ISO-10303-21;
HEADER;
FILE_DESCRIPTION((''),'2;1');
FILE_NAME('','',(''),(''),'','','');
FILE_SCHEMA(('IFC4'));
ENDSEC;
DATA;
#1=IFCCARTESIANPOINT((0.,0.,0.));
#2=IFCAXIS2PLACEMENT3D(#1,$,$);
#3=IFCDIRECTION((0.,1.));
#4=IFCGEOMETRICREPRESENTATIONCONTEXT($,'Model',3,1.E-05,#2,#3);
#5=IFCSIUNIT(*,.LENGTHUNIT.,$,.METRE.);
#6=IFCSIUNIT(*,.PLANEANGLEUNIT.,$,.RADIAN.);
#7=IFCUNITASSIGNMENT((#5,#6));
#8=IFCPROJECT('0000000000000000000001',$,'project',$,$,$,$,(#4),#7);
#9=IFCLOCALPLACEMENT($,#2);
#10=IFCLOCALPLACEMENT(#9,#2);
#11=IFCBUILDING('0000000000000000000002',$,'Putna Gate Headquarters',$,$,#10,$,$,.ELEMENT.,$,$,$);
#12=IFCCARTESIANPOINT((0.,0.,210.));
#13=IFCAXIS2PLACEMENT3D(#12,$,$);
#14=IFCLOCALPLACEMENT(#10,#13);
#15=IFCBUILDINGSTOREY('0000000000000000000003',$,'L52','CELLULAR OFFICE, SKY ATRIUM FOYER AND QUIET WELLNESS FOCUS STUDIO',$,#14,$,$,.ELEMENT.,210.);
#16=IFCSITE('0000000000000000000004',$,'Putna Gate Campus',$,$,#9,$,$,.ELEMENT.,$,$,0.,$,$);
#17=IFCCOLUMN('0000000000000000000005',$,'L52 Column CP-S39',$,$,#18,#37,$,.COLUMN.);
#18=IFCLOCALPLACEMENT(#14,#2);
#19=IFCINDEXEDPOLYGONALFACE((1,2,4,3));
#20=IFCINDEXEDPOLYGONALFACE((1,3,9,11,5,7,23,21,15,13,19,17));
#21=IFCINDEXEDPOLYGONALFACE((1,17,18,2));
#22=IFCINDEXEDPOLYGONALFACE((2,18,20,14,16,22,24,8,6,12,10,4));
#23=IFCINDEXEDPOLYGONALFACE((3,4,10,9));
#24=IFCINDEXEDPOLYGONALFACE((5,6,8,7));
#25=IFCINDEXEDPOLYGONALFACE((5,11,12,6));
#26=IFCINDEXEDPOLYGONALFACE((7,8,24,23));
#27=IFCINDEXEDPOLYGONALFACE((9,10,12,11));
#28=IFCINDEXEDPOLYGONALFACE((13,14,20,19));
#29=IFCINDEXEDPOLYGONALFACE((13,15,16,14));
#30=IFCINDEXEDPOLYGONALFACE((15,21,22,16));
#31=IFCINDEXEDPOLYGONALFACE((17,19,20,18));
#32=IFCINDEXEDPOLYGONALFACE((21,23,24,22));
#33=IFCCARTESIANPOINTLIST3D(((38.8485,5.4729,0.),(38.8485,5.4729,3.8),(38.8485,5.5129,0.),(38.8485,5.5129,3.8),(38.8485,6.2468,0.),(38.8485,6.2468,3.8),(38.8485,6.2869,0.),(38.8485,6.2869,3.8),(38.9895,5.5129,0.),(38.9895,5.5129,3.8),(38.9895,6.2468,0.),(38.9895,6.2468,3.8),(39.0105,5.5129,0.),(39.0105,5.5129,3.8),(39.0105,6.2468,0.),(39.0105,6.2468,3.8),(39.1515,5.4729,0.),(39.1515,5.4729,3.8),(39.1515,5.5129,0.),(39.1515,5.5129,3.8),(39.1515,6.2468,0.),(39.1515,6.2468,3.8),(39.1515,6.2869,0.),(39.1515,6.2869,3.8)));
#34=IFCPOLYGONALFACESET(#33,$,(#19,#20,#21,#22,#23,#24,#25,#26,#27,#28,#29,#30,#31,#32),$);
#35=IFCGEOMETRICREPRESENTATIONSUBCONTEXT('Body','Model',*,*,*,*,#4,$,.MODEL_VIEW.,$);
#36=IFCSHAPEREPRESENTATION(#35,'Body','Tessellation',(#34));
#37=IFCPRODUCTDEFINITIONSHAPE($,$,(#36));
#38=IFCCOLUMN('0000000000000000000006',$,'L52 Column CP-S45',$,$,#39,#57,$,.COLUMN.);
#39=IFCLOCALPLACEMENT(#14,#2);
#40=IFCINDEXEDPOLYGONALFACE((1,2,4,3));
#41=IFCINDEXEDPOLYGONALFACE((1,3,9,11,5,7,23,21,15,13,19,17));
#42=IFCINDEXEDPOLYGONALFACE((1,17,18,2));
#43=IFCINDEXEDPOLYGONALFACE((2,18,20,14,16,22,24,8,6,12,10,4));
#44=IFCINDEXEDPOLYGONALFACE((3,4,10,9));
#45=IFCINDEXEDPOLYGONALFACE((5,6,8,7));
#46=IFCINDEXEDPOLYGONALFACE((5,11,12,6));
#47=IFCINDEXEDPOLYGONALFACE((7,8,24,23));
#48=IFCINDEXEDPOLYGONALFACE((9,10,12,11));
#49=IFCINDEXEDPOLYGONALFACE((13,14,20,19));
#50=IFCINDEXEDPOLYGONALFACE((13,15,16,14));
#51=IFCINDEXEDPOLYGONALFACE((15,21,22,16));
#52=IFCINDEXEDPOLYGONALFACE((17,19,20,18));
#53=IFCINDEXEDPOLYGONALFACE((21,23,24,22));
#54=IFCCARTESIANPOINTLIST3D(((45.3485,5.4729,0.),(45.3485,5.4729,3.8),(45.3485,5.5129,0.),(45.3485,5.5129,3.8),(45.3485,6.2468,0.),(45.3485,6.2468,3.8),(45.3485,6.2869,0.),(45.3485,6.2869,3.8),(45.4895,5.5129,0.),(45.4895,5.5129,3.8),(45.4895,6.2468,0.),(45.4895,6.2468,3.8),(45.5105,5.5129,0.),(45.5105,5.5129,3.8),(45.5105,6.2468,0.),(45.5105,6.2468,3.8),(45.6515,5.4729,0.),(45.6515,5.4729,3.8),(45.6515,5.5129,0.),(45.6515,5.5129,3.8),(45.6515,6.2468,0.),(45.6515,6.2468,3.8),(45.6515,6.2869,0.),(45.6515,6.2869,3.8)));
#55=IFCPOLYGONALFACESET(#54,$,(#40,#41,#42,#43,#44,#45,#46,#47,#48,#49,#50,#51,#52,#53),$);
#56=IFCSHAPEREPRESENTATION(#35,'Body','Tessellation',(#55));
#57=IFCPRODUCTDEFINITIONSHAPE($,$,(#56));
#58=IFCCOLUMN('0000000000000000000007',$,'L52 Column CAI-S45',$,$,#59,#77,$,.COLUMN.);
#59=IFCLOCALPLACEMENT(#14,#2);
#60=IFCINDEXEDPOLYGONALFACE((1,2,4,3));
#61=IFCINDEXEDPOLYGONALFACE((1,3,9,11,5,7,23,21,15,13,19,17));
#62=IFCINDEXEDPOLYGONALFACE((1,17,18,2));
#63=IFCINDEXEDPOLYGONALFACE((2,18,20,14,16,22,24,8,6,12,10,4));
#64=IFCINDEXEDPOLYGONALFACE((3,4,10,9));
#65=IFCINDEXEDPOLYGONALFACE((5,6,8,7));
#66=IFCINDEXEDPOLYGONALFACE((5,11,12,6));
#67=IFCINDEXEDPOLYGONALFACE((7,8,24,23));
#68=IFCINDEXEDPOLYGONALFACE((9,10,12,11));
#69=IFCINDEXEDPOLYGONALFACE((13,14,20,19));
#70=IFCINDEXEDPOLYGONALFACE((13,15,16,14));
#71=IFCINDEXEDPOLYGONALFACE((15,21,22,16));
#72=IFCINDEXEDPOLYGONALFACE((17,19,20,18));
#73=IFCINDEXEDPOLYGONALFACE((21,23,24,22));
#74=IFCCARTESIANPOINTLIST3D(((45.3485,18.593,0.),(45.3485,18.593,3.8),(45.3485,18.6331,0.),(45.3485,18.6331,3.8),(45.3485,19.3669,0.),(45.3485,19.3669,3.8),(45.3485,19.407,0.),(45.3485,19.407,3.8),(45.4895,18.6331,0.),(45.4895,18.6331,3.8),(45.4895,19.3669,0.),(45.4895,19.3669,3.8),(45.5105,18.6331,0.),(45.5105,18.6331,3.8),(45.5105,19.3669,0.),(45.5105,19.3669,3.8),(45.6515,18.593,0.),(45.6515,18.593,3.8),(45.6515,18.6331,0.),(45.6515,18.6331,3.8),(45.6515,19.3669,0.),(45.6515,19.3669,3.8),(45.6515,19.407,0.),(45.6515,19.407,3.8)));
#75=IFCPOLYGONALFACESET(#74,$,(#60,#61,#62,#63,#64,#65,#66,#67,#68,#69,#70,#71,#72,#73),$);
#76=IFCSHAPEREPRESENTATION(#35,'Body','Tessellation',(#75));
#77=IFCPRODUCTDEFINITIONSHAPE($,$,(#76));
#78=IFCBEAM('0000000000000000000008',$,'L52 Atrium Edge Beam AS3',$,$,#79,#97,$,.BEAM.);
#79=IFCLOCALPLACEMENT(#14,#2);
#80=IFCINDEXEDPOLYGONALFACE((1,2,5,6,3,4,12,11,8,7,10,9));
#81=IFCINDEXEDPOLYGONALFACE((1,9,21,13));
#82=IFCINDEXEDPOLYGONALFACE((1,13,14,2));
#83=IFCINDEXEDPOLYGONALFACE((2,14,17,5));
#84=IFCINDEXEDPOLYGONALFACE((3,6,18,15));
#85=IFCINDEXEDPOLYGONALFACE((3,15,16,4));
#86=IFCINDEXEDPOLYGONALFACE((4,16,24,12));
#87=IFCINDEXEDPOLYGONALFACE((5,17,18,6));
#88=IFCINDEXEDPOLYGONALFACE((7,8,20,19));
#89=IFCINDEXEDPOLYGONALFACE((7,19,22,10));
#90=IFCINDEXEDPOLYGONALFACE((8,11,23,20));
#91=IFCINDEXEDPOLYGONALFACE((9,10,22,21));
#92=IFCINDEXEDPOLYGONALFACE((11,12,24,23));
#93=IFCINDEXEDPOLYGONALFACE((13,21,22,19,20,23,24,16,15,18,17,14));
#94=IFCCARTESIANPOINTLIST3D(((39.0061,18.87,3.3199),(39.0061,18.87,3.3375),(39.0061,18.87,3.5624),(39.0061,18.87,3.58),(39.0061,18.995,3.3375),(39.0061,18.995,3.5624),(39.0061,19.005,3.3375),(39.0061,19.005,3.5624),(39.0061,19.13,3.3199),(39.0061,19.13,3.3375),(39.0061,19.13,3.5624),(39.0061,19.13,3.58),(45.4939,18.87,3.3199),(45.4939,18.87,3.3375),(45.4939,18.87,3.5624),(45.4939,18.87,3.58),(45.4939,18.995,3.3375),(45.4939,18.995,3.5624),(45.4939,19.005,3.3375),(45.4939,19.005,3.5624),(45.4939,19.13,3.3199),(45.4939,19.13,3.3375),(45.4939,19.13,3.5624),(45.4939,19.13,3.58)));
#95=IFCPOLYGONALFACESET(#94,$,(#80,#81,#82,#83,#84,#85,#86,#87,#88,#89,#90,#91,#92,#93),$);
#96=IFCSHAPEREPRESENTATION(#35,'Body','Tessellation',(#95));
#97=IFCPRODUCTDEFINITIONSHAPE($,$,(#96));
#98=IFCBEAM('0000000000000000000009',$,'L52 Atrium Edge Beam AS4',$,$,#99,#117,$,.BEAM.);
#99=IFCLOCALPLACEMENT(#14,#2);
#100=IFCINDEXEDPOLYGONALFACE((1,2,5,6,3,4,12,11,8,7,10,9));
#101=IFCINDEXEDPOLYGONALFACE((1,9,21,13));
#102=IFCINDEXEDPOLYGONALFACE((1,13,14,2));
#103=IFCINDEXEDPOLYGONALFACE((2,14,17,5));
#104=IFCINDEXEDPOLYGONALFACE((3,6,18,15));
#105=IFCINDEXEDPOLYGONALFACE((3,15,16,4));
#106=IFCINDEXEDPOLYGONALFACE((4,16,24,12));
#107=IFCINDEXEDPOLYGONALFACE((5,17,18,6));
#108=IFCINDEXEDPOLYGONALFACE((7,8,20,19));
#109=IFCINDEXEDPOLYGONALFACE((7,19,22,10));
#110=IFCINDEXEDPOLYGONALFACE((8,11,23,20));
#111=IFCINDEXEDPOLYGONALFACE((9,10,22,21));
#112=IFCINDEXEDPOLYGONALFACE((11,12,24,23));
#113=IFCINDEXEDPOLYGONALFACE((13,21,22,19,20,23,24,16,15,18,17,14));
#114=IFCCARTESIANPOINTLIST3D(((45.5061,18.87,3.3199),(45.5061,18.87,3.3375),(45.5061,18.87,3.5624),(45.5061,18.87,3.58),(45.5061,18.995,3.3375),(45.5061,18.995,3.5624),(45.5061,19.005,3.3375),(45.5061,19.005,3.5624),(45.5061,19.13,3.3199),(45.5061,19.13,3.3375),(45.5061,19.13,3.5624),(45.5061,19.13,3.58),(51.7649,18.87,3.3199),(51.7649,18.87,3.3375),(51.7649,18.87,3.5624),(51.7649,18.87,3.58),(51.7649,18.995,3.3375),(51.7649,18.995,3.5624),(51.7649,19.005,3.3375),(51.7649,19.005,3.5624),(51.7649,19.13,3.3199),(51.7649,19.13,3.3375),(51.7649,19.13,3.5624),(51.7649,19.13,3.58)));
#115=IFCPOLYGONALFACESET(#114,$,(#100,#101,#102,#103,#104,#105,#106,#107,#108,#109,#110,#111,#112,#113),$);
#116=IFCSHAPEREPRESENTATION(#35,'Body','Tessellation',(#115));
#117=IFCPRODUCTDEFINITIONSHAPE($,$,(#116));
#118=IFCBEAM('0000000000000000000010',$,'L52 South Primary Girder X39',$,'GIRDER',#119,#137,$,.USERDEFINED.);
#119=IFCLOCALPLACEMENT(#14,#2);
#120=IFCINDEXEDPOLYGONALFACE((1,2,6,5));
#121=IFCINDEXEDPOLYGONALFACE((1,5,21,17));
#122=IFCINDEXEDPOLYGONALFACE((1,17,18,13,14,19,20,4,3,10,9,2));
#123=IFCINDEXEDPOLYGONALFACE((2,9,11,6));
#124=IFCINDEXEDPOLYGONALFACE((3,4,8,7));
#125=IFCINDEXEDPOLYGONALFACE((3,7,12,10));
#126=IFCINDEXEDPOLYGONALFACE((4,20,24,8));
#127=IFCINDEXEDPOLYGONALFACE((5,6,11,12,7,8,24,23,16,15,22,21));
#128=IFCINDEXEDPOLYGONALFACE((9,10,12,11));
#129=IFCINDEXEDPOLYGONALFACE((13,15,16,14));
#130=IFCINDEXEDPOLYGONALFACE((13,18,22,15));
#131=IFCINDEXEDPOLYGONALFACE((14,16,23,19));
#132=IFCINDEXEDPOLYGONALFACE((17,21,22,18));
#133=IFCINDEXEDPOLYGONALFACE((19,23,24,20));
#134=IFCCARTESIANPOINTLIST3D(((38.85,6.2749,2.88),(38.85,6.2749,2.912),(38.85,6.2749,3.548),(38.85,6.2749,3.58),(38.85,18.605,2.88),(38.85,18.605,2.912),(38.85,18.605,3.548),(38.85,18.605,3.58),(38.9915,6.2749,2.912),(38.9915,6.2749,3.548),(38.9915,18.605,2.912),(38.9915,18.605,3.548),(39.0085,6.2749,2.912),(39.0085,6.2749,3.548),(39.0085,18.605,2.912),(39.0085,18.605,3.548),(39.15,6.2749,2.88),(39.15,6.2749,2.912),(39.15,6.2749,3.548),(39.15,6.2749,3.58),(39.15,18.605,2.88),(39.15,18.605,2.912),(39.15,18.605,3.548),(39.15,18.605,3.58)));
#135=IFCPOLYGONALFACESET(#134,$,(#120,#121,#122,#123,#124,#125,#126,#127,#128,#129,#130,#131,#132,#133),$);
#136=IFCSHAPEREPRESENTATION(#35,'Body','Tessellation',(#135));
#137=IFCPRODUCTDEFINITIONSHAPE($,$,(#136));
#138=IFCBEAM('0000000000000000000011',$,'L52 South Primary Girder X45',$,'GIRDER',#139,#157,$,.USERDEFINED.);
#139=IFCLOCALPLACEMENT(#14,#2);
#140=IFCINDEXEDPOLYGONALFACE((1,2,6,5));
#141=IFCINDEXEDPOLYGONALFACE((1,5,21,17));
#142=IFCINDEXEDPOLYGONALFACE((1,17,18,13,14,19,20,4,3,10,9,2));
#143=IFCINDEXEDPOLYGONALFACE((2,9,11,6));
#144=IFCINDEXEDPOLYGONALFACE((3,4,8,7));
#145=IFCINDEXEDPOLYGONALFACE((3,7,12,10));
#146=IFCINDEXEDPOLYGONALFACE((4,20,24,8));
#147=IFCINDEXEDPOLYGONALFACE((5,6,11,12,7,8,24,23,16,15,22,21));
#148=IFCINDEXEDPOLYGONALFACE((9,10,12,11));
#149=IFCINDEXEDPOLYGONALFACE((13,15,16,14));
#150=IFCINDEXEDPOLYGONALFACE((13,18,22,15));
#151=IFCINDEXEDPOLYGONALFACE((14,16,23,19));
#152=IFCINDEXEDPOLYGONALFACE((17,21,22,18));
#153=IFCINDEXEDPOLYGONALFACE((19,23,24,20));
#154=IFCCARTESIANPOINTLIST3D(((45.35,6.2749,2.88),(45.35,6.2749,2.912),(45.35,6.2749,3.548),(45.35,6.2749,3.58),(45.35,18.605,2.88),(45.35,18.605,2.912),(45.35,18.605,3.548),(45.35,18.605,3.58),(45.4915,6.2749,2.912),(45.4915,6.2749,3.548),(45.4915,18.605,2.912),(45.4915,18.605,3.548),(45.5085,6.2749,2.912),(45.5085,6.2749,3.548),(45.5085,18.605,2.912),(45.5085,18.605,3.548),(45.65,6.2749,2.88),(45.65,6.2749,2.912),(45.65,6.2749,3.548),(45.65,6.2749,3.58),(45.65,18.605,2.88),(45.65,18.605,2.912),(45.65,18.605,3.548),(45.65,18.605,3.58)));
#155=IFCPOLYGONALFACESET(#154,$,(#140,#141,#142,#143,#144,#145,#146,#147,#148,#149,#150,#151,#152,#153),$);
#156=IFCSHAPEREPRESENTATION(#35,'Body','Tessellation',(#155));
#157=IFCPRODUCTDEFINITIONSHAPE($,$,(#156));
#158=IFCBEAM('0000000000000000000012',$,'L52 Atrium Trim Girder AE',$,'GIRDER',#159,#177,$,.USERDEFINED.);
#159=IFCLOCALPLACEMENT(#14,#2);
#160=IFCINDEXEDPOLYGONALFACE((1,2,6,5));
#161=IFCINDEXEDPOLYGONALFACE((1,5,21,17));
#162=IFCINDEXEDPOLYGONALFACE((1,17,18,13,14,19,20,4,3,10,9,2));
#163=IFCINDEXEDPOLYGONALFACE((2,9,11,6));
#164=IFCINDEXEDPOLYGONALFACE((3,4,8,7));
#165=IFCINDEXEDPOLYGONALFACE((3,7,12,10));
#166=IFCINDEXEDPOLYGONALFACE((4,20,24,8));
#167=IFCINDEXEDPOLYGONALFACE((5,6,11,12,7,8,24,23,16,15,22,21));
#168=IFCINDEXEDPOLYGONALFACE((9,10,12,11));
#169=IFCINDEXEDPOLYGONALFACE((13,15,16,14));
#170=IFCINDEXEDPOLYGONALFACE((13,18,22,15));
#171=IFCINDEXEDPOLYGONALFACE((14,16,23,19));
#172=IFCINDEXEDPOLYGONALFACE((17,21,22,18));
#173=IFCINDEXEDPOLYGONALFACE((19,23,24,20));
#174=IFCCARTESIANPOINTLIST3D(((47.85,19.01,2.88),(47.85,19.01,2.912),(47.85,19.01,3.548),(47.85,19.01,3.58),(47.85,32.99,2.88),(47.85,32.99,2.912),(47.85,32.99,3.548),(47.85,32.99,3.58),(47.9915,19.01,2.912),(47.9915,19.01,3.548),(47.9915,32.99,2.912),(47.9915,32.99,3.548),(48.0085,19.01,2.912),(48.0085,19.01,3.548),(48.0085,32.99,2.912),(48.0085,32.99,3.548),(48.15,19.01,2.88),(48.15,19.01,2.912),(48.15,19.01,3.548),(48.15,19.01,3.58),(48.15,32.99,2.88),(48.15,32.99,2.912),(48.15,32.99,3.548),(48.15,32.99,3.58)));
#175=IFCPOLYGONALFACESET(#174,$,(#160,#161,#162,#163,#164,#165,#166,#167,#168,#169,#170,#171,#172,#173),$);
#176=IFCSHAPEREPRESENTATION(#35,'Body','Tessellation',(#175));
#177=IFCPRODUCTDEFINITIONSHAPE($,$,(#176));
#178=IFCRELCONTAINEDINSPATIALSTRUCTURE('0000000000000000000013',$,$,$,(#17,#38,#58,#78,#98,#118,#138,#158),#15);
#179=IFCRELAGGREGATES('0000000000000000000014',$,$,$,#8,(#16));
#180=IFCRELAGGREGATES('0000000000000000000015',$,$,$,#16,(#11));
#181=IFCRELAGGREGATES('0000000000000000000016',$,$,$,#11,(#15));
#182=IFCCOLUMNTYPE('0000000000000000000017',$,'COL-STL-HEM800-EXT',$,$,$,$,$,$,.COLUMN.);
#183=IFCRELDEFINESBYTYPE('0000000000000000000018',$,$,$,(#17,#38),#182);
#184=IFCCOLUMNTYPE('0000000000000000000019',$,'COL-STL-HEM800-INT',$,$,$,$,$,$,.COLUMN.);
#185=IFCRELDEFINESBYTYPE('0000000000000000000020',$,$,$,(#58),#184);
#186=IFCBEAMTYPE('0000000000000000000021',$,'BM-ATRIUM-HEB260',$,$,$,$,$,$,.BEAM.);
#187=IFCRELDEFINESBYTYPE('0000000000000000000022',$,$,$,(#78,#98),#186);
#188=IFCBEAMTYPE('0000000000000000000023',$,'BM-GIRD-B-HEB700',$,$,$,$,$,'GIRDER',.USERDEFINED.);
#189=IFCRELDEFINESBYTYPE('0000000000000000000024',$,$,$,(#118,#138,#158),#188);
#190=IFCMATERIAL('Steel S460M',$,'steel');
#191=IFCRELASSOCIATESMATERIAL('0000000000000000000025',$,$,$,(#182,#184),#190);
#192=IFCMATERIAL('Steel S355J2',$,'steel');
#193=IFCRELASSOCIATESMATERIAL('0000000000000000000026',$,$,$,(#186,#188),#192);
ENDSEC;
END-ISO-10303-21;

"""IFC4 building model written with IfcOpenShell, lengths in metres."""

from ifc_helpers import new_model, si_unit, direction, frame, origin, origin_2d, place, context, subcontext, project, spatial, i_section, extrude, material, material_profile, profile_set, type_object, element, save


model = new_model("IFC4")

# Units and contexts
model_context = context("Model", 3, precision=1e-05, world=origin(), true_north=direction((0.0, 1.0)))
body_context = subcontext(model_context, "Body", "Model", "MODEL_VIEW")
ifc_project = project(units=[si_unit("LENGTHUNIT", "METRE"), si_unit("PLANEANGLEUNIT", "RADIAN")], contexts=[model_context])

# Site, building, storey
site_placement = place(None, origin())
site = spatial("IfcSite", under=ifc_project, at=site_placement, Name="Putna Gate Campus", CompositionType="ELEMENT", RefElevation=0.0)
building_placement = place(site_placement, origin())
building = spatial("IfcBuilding", under=site, at=building_placement, Name="Putna Gate Headquarters", CompositionType="ELEMENT")
storey_placement = place(building_placement, frame((0.0, 0.0, 210.0)))
storey = spatial("IfcBuildingStorey", under=building, at=storey_placement, Name="L52", Description="CELLULAR OFFICE, SKY ATRIUM FOYER AND QUIET WELLNESS FOCUS STUDIO", CompositionType="ELEMENT", Elevation=210.0)

# Columns
ifc_material_1 = material(Name="Steel S460M", Category="steel")
ifc_material_profile_1 = material_profile(ifc_material_1, i_section(OverallWidth=0.303, OverallDepth=0.814, WebThickness=0.021, FlangeThickness=0.04, at=origin_2d()), Name="Steel S460M")
ifc_profile_set_1 = profile_set([ifc_material_profile_1], Name="Steel S460M")
column_type_1 = type_object("IfcColumnType", Name="COL-STL-HEM800-EXT", PredefinedType="COLUMN", material=ifc_profile_set_1)
for number, where, z_axis, x_axis, name in (
    (1, (39.0, 5.8799, 0.0), (0.0, 0.0, 1.0), (1.0, 0.0, 0.0), "L52 Column CP-S39"),
    (2, (45.5, 5.8799, 0.0), (0.0, 0.0, 1.0), (1.0, 0.0, 0.0), "L52 Column CP-S45"),
):
    element("IfcColumn", number, at=place(storey_placement, frame(where, z_axis=z_axis, x_axis=x_axis)), inside=storey, type_object=column_type_1, Name=name, PredefinedType="COLUMN", context=body_context, shape_type="SweptSolid", body=[
        extrude(i_section(OverallWidth=0.303, OverallDepth=0.814, WebThickness=0.021, FlangeThickness=0.04, at=origin_2d()), origin(), (0.0, 0.0, 1.0), 3.8),
    ])
ifc_material_profile_2 = material_profile(ifc_material_1, i_section(OverallWidth=0.303, OverallDepth=0.814, WebThickness=0.021, FlangeThickness=0.04, at=origin_2d()), Name="Steel S460M")
ifc_profile_set_2 = profile_set([ifc_material_profile_2], Name="Steel S460M")
column_type_2 = type_object("IfcColumnType", Name="COL-STL-HEM800-INT", PredefinedType="COLUMN", material=ifc_profile_set_2)
column_placement = place(storey_placement, frame((45.5, 19.0, 0.0), z_axis=(0.0, 0.0, 1.0), x_axis=(1.0, 0.0, 0.0)))
element("IfcColumn", 3, at=column_placement, inside=storey, type_object=column_type_2, Name="L52 Column CAI-S45", PredefinedType="COLUMN", context=body_context, shape_type="SweptSolid", body=[
    extrude(i_section(OverallWidth=0.303, OverallDepth=0.814, WebThickness=0.021, FlangeThickness=0.04, at=origin_2d()), origin(), (0.0, 0.0, 1.0), 3.8),
])

# Beams
ifc_material_2 = material(Name="Steel S355J2", Category="steel")
ifc_material_profile_3 = material_profile(ifc_material_2, i_section(OverallWidth=0.26, OverallDepth=0.26, WebThickness=0.01, FlangeThickness=0.0176, at=origin_2d()), Name="Steel S355J2")
ifc_profile_set_3 = profile_set([ifc_material_profile_3], Name="Steel S355J2")
beam_type_1 = type_object("IfcBeamType", Name="BM-ATRIUM-HEB260", PredefinedType="BEAM", material=ifc_profile_set_3)
beam_1_placement = place(storey_placement, frame((39.0061, 19.0, 3.45), z_axis=(1.0, 0.0, 0.0), x_axis=(0.0, 1.0, 0.0)))
element("IfcBeam", 4, at=beam_1_placement, inside=storey, type_object=beam_type_1, Name="L52 Atrium Edge Beam AS3", PredefinedType="BEAM", context=body_context, shape_type="SweptSolid", body=[
    extrude(i_section(OverallWidth=0.26, OverallDepth=0.26, WebThickness=0.01, FlangeThickness=0.0176, at=origin_2d()), origin(), (0.0, 0.0, 1.0), 6.4878),
])
beam_2_placement = place(storey_placement, frame((45.5061, 19.0, 3.45), z_axis=(1.0, 0.0, 0.0), x_axis=(0.0, 1.0, 0.0)))
element("IfcBeam", 5, at=beam_2_placement, inside=storey, type_object=beam_type_1, Name="L52 Atrium Edge Beam AS4", PredefinedType="BEAM", context=body_context, shape_type="SweptSolid", body=[
    extrude(i_section(OverallWidth=0.26, OverallDepth=0.26, WebThickness=0.01, FlangeThickness=0.0176, at=origin_2d()), origin(), (0.0, 0.0, 1.0), 6.2588),
])
ifc_material_profile_4 = material_profile(ifc_material_2, i_section(OverallWidth=0.3, OverallDepth=0.7, WebThickness=0.0171, FlangeThickness=0.032, at=origin_2d()), Name="Steel S355J2")
ifc_profile_set_4 = profile_set([ifc_material_profile_4], Name="Steel S355J2")
beam_type_2 = type_object("IfcBeamType", Name="BM-GIRD-B-HEB700", ElementType="GIRDER", PredefinedType="USERDEFINED", material=ifc_profile_set_4)
for number, where, z_axis, x_axis, name in (
    (6, (39.0, 6.2749, 3.23), (0.0, 1.0, 0.0), (-1.0, 0.0, 0.0), "L52 South Primary Girder X39"),
    (7, (45.5, 6.2749, 3.23), (0.0, 1.0, 0.0), (-1.0, 0.0, 0.0), "L52 South Primary Girder X45"),
):
    element("IfcBeam", number, at=place(storey_placement, frame(where, z_axis=z_axis, x_axis=x_axis)), inside=storey, type_object=beam_type_2, Name=name, ObjectType="GIRDER", PredefinedType="USERDEFINED", context=body_context, shape_type="SweptSolid", body=[
        extrude(i_section(OverallWidth=0.3, OverallDepth=0.7, WebThickness=0.0171, FlangeThickness=0.032, at=origin_2d()), origin(), (0.0, 0.0, 1.0), 12.3301),
    ])
beam_3_placement = place(storey_placement, frame((48.0, 19.01, 3.23), z_axis=(0.0, 1.0, 0.0), x_axis=(-1.0, 0.0, 0.0)))
element("IfcBeam", 8, at=beam_3_placement, inside=storey, type_object=beam_type_2, Name="L52 Atrium Trim Girder AE", ObjectType="GIRDER", PredefinedType="USERDEFINED", context=body_context, shape_type="SweptSolid", body=[
    extrude(i_section(OverallWidth=0.3, OverallDepth=0.7, WebThickness=0.0171, FlangeThickness=0.032, at=origin_2d()), origin(), (0.0, 0.0, 1.0), 13.98),
])

save(model, "model.ifc")
